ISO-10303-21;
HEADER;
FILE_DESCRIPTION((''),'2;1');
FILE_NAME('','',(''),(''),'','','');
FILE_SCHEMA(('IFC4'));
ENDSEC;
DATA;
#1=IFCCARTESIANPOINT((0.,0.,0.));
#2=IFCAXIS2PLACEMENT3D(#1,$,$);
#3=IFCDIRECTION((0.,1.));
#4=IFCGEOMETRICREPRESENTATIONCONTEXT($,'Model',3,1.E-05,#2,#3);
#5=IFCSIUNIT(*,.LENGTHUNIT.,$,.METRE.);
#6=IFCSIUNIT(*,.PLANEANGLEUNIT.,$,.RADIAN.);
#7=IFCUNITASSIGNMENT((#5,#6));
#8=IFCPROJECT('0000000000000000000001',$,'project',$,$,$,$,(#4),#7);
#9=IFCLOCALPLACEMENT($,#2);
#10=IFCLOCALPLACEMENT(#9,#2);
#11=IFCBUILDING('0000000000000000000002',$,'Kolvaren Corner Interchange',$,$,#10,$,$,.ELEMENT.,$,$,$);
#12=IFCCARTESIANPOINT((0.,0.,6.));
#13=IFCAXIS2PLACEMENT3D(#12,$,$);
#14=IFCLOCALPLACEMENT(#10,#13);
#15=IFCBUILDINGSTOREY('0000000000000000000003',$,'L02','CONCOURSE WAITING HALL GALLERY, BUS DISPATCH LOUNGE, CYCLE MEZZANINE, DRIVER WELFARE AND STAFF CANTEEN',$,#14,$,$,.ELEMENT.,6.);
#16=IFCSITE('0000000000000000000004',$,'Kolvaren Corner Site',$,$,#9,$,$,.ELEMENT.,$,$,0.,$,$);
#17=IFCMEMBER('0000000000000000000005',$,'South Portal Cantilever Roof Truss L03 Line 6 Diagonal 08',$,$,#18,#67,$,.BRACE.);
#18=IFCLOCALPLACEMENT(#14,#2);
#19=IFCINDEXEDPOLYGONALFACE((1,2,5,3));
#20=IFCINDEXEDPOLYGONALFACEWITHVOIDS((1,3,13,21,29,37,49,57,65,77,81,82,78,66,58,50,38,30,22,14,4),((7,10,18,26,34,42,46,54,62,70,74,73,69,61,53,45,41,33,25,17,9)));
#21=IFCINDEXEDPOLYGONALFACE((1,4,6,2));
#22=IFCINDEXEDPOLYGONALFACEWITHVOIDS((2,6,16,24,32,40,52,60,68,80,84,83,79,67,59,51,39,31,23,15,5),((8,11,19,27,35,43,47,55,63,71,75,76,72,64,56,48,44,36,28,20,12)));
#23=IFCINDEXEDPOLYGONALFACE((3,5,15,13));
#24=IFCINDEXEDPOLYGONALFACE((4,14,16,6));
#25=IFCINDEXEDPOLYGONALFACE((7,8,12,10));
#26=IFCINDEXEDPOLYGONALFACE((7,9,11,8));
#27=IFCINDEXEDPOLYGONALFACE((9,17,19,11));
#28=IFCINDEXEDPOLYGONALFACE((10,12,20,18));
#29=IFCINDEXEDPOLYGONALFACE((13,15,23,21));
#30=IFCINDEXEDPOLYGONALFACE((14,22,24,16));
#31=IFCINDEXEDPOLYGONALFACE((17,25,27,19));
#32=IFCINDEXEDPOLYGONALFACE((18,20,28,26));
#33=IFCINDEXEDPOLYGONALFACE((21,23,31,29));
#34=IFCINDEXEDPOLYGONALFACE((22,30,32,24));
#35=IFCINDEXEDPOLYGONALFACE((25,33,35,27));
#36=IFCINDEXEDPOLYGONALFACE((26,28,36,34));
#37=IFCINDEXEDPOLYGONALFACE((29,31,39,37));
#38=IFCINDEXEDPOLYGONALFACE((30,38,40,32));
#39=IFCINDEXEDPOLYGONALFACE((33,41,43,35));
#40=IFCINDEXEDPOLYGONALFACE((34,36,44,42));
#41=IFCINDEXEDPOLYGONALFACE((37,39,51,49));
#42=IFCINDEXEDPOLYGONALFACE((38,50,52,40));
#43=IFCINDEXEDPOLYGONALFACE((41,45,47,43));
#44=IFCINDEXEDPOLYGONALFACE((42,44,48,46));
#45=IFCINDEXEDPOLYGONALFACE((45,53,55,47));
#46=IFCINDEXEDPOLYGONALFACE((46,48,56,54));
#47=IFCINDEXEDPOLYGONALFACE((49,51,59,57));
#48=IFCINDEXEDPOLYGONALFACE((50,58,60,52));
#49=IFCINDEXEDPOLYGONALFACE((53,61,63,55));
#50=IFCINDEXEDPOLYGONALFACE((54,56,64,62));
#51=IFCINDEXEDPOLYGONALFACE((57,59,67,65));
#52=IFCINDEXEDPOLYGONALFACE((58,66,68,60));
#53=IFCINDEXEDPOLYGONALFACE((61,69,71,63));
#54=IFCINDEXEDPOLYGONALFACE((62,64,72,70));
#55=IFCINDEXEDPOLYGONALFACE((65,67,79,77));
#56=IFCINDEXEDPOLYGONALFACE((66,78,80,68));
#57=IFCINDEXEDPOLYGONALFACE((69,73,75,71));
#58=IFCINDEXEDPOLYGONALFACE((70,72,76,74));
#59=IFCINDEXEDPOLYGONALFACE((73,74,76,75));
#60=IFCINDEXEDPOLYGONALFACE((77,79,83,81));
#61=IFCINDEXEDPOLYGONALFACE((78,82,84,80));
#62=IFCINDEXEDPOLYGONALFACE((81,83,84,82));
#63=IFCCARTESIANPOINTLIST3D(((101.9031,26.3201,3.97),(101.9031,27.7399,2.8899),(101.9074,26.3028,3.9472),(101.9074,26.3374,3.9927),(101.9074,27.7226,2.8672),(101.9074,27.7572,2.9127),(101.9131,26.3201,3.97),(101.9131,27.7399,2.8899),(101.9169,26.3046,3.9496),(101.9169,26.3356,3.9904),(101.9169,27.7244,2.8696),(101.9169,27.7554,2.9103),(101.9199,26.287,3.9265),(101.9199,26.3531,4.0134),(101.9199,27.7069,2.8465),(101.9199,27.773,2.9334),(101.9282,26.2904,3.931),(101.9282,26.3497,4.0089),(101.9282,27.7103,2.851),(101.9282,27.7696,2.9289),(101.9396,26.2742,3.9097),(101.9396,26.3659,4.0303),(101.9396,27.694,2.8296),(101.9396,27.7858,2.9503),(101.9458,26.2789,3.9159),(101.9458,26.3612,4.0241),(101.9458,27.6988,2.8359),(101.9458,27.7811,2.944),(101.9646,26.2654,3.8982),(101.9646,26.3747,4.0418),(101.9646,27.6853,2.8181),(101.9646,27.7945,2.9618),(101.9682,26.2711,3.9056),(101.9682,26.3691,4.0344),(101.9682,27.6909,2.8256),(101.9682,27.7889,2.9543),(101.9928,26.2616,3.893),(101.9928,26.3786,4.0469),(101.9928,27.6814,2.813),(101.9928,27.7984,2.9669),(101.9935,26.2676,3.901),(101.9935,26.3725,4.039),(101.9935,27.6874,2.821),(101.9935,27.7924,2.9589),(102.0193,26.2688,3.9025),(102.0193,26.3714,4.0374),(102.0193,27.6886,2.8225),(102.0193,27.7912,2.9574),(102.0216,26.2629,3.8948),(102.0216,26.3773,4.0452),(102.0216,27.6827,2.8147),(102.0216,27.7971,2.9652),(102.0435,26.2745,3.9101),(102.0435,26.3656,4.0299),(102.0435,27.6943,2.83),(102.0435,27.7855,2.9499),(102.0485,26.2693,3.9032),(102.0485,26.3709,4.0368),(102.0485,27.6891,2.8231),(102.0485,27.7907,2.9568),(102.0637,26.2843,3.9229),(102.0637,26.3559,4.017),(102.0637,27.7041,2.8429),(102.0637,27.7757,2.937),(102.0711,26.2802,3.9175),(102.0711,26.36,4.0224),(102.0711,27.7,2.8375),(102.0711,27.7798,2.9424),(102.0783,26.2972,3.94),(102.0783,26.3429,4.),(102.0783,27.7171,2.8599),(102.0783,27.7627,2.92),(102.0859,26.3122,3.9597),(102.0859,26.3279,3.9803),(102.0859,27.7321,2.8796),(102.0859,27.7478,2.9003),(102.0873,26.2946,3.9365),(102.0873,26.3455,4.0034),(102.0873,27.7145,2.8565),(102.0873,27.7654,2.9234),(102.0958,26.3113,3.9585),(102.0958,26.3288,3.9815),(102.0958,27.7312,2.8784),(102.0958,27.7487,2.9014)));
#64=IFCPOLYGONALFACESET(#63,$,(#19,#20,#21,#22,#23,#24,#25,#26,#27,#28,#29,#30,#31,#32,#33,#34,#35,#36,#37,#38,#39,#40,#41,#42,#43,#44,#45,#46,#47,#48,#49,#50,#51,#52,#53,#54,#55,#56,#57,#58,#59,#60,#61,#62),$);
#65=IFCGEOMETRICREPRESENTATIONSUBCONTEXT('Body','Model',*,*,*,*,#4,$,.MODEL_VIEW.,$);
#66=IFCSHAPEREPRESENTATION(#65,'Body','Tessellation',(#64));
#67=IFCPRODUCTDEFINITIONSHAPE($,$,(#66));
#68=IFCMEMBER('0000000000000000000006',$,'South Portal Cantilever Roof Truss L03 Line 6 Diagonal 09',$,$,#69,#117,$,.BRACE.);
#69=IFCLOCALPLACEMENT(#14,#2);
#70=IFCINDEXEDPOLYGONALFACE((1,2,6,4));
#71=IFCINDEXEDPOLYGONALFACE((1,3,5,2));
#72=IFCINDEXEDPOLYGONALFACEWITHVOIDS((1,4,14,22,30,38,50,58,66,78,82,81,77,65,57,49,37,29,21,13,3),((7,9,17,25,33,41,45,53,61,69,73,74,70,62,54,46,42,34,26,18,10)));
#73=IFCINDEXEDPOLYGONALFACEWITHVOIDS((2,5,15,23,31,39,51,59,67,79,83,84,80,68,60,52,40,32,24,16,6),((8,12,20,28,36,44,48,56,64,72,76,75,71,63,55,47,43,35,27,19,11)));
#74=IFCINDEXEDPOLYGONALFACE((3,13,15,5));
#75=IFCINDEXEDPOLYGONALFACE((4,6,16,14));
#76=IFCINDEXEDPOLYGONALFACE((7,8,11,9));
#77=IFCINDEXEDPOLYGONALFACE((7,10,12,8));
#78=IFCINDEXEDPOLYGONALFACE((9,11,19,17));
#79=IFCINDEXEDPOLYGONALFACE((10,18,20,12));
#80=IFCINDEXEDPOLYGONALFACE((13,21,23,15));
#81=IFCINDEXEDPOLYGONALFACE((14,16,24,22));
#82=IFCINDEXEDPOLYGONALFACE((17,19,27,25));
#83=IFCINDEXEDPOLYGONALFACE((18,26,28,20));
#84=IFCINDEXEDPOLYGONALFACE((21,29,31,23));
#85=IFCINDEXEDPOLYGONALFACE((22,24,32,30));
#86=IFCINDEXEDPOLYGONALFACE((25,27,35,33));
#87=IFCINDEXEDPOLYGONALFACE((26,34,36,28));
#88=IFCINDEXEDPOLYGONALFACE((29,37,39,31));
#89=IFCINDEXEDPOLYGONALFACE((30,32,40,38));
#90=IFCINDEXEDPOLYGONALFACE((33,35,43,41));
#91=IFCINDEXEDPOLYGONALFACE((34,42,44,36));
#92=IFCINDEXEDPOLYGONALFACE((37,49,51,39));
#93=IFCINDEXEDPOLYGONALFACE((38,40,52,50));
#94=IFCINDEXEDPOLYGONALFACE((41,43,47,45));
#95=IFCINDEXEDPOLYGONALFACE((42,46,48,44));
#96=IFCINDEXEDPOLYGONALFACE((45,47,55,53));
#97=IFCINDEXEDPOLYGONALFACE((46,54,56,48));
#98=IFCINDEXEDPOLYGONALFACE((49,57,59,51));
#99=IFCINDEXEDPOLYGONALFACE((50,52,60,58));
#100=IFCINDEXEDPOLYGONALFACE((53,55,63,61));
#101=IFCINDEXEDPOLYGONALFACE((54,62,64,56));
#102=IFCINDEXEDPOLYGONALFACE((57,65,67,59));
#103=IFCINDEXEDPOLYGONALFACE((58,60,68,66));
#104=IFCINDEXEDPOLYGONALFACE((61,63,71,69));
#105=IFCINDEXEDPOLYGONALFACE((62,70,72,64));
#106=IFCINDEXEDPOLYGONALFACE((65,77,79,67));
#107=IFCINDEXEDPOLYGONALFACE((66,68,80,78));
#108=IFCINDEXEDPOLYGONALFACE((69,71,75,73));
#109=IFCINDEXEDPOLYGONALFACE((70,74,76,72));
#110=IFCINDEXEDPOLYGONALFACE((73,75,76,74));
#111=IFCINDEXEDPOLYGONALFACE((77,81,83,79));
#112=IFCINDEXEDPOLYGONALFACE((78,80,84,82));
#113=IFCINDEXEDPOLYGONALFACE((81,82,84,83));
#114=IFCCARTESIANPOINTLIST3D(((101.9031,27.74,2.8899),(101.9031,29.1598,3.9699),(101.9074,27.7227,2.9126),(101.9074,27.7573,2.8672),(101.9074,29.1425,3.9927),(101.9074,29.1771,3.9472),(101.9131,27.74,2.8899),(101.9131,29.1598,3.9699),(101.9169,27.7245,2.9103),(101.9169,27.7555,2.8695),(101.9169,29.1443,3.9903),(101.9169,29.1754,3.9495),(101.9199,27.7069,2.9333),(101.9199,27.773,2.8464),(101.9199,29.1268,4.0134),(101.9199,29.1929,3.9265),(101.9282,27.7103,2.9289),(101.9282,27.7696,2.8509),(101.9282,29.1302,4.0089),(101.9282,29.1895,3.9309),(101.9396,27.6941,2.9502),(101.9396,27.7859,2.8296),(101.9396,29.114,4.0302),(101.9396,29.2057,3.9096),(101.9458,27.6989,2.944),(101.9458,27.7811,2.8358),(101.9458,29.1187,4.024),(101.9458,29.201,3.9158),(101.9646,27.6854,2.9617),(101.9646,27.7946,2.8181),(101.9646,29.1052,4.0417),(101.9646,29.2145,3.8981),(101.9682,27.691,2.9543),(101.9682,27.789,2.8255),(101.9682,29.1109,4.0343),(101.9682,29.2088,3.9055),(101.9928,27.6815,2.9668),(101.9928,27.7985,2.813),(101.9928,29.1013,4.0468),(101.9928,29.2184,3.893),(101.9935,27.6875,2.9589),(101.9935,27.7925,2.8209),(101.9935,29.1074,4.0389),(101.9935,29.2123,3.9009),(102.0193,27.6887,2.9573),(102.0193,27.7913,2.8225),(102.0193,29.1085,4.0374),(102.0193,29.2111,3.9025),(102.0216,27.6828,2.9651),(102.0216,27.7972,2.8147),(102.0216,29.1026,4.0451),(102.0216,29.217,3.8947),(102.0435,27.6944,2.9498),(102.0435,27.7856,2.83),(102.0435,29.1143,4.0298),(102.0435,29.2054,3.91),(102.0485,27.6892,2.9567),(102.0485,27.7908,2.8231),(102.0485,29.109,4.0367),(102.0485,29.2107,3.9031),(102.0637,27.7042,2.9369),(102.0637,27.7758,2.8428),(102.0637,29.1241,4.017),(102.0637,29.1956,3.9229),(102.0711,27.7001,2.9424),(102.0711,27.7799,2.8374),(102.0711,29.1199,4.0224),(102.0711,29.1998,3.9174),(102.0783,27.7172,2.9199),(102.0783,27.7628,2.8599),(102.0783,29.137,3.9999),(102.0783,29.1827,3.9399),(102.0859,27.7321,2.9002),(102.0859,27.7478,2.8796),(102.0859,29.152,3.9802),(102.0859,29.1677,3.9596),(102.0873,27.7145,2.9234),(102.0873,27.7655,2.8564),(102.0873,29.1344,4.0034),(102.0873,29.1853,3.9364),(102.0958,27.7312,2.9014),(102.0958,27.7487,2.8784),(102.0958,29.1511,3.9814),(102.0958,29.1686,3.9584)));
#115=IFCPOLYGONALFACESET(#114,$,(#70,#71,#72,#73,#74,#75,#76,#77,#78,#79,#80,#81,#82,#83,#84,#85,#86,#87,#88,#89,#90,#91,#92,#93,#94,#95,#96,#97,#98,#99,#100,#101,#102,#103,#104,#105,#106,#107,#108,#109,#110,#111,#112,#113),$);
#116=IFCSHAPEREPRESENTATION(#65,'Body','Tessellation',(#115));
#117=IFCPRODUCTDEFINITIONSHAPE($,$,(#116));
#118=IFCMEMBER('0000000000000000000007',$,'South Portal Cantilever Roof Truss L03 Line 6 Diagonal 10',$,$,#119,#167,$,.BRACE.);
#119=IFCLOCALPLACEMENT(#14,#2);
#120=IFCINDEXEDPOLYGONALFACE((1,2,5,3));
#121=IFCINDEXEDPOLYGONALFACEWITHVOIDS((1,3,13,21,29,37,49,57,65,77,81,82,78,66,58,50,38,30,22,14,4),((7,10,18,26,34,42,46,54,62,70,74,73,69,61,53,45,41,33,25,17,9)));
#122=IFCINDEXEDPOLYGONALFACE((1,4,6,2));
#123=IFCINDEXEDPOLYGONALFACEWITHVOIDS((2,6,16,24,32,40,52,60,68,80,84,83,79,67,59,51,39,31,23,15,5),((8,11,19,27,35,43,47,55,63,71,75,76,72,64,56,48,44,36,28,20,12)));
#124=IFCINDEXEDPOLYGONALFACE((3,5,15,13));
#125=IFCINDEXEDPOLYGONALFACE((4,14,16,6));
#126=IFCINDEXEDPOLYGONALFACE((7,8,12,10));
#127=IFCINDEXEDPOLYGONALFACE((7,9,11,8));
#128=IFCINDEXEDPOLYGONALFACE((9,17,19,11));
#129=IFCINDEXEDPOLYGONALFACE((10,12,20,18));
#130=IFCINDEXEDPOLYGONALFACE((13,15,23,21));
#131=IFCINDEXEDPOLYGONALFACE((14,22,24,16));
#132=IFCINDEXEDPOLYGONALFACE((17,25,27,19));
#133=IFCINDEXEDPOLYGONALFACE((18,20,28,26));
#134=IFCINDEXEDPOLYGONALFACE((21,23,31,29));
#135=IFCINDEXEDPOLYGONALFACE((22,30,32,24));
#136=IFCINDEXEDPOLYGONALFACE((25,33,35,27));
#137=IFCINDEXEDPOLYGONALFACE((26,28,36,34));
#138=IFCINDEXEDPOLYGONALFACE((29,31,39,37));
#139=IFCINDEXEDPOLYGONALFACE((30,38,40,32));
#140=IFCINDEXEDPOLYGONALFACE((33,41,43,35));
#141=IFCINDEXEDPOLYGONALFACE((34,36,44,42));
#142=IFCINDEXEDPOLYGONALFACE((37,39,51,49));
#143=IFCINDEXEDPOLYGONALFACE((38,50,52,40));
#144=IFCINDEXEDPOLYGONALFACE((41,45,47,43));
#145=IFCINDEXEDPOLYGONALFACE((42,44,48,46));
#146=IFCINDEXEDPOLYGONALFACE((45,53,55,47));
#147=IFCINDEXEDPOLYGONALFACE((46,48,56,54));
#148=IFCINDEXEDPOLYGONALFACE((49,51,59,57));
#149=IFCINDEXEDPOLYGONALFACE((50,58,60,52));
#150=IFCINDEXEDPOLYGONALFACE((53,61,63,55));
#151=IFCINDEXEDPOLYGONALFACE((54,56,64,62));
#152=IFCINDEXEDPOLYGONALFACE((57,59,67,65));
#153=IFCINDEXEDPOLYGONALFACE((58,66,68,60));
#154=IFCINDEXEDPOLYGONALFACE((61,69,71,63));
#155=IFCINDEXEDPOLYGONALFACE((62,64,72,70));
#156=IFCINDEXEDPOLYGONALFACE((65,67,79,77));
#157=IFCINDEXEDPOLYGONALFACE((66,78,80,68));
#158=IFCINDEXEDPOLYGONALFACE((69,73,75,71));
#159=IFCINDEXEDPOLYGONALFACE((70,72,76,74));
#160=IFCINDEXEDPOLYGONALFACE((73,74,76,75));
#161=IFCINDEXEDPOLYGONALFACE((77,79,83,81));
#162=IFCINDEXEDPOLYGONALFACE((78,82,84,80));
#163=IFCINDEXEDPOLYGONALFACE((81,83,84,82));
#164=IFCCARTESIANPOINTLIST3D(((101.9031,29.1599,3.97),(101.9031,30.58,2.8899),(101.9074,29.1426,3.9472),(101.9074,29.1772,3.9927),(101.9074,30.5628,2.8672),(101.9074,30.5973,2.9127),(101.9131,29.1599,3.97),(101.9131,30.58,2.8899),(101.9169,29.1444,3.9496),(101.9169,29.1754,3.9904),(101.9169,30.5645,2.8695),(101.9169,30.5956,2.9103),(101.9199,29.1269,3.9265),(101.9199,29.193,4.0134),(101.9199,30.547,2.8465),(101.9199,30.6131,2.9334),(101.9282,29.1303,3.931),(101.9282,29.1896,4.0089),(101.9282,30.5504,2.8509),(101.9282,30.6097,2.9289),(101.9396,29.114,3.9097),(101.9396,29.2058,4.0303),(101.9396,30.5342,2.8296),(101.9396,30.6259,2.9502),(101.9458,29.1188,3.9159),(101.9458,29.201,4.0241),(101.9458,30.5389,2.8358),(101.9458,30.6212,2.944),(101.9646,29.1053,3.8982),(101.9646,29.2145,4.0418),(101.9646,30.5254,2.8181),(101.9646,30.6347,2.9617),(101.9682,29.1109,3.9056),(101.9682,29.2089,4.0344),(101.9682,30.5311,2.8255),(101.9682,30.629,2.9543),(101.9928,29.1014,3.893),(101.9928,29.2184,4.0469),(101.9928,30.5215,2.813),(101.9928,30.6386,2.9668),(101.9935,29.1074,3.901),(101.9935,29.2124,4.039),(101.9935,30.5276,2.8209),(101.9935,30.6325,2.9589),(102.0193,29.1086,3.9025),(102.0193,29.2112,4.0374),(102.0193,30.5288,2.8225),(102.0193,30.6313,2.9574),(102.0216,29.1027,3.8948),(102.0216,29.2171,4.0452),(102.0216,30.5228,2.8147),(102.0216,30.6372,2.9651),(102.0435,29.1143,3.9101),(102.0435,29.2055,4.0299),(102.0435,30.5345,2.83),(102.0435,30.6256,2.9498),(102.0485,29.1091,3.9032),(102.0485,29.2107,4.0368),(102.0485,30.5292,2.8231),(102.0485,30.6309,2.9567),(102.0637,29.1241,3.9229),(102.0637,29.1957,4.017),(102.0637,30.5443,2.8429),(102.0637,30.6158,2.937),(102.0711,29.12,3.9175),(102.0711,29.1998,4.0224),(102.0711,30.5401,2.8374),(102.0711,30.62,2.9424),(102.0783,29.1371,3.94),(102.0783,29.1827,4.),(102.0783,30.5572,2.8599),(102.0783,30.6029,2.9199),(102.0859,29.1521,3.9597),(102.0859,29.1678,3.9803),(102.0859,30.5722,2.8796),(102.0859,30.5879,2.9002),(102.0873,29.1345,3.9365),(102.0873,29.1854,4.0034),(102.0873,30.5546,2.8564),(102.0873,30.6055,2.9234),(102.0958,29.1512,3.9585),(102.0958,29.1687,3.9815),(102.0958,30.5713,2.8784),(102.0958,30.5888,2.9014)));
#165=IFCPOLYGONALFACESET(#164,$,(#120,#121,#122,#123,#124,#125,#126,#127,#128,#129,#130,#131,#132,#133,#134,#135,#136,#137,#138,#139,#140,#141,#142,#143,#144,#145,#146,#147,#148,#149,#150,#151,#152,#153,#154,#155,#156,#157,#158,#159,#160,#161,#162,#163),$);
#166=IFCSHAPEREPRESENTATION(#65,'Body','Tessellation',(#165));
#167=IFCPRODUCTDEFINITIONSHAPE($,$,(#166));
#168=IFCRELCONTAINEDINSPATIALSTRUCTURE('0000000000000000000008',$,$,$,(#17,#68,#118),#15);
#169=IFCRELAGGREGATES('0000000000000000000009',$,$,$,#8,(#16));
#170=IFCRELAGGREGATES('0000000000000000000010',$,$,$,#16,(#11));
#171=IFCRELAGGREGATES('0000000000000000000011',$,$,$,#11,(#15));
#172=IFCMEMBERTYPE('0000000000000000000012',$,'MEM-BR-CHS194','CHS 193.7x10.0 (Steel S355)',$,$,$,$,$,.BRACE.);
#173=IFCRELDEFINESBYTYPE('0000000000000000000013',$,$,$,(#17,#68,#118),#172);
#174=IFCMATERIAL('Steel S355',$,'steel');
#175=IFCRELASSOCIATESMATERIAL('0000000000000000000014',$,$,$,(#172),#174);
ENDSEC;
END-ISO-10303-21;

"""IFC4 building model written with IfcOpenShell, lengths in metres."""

from ifc_helpers import new_model, si_unit, direction, frame, origin, origin_2d, place, context, subcontext, project, spatial, hollow_circle, extrude, material, material_profile, profile_set, type_object, element, save


model = new_model("IFC4")

# Units and contexts
model_context = context("Model", 3, precision=1e-05, world=origin(), true_north=direction((0.0, 1.0)))
body_context = subcontext(model_context, "Body", "Model", "MODEL_VIEW")
ifc_project = project(units=[si_unit("LENGTHUNIT", "METRE"), si_unit("PLANEANGLEUNIT", "RADIAN")], contexts=[model_context])

# Site, building, storey
site_placement = place(None, origin())
site = spatial("IfcSite", under=ifc_project, at=site_placement, Name="Kolvaren Corner Site", CompositionType="ELEMENT", RefElevation=0.0)
building_placement = place(site_placement, origin())
building = spatial("IfcBuilding", under=site, at=building_placement, Name="Kolvaren Corner Interchange", CompositionType="ELEMENT")
storey_placement = place(building_placement, frame((0.0, 0.0, 6.0)))
storey = spatial("IfcBuildingStorey", under=building, at=storey_placement, Name="L02", Description="CONCOURSE WAITING HALL GALLERY, BUS DISPATCH LOUNGE, CYCLE MEZZANINE, DRIVER WELFARE AND STAFF CANTEEN", CompositionType="ELEMENT", Elevation=6.0)

# Members
ifc_material_1 = material(Name="Steel S355", Category="steel")
ifc_material_profile_1 = material_profile(ifc_material_1, hollow_circle(Radius=0.0969, WallThickness=0.01, at=origin_2d()), Name="CHS 193.7x10.0")
ifc_profile_set_1 = profile_set([ifc_material_profile_1], Name="Steel S355")
member_type_1 = type_object("IfcMemberType", Name="MEM-BR-CHS194", Description="CHS 193.7x10.0 (Steel S355)", PredefinedType="BRACE", material=ifc_profile_set_1)
for number, where, z_axis, x_axis, name in (
    (1, (102.0, 26.3201, 3.97), (0.0, 0.795909, -0.605416), (-1.0, 0.0, 0.0), "South Portal Cantilever Roof Truss L03 Line 6 Diagonal 08"),
    (2, (102.0, 27.74, 2.8899), (0.0, 0.795909, 0.605416), (-1.0, 0.0, 0.0), "South Portal Cantilever Roof Truss L03 Line 6 Diagonal 09"),
):
    element("IfcMember", number, at=place(storey_placement, frame(where, z_axis=z_axis, x_axis=x_axis)), inside=storey, type_object=member_type_1, Name=name, PredefinedType="BRACE", context=body_context, shape_type="SweptSolid", body=[
        extrude(hollow_circle(Radius=0.0969, WallThickness=0.01, at=origin_2d()), origin(), (0.0, 0.0, 1.0), 1.7839),
    ])
member_1_placement = place(storey_placement, frame((102.0, 29.1599, 3.97), z_axis=(0.0, 0.795959, -0.60535), x_axis=(-1.0, 0.0, 0.0)))
element("IfcMember", 3, at=member_1_placement, inside=storey, type_object=member_type_1, Name="South Portal Cantilever Roof Truss L03 Line 6 Diagonal 10", PredefinedType="BRACE", context=body_context, shape_type="SweptSolid", body=[
    extrude(hollow_circle(Radius=0.0969, WallThickness=0.01, at=origin_2d()), origin(), (0.0, 0.0, 1.0), 1.7842),
])

save(model, "model.ifc")
